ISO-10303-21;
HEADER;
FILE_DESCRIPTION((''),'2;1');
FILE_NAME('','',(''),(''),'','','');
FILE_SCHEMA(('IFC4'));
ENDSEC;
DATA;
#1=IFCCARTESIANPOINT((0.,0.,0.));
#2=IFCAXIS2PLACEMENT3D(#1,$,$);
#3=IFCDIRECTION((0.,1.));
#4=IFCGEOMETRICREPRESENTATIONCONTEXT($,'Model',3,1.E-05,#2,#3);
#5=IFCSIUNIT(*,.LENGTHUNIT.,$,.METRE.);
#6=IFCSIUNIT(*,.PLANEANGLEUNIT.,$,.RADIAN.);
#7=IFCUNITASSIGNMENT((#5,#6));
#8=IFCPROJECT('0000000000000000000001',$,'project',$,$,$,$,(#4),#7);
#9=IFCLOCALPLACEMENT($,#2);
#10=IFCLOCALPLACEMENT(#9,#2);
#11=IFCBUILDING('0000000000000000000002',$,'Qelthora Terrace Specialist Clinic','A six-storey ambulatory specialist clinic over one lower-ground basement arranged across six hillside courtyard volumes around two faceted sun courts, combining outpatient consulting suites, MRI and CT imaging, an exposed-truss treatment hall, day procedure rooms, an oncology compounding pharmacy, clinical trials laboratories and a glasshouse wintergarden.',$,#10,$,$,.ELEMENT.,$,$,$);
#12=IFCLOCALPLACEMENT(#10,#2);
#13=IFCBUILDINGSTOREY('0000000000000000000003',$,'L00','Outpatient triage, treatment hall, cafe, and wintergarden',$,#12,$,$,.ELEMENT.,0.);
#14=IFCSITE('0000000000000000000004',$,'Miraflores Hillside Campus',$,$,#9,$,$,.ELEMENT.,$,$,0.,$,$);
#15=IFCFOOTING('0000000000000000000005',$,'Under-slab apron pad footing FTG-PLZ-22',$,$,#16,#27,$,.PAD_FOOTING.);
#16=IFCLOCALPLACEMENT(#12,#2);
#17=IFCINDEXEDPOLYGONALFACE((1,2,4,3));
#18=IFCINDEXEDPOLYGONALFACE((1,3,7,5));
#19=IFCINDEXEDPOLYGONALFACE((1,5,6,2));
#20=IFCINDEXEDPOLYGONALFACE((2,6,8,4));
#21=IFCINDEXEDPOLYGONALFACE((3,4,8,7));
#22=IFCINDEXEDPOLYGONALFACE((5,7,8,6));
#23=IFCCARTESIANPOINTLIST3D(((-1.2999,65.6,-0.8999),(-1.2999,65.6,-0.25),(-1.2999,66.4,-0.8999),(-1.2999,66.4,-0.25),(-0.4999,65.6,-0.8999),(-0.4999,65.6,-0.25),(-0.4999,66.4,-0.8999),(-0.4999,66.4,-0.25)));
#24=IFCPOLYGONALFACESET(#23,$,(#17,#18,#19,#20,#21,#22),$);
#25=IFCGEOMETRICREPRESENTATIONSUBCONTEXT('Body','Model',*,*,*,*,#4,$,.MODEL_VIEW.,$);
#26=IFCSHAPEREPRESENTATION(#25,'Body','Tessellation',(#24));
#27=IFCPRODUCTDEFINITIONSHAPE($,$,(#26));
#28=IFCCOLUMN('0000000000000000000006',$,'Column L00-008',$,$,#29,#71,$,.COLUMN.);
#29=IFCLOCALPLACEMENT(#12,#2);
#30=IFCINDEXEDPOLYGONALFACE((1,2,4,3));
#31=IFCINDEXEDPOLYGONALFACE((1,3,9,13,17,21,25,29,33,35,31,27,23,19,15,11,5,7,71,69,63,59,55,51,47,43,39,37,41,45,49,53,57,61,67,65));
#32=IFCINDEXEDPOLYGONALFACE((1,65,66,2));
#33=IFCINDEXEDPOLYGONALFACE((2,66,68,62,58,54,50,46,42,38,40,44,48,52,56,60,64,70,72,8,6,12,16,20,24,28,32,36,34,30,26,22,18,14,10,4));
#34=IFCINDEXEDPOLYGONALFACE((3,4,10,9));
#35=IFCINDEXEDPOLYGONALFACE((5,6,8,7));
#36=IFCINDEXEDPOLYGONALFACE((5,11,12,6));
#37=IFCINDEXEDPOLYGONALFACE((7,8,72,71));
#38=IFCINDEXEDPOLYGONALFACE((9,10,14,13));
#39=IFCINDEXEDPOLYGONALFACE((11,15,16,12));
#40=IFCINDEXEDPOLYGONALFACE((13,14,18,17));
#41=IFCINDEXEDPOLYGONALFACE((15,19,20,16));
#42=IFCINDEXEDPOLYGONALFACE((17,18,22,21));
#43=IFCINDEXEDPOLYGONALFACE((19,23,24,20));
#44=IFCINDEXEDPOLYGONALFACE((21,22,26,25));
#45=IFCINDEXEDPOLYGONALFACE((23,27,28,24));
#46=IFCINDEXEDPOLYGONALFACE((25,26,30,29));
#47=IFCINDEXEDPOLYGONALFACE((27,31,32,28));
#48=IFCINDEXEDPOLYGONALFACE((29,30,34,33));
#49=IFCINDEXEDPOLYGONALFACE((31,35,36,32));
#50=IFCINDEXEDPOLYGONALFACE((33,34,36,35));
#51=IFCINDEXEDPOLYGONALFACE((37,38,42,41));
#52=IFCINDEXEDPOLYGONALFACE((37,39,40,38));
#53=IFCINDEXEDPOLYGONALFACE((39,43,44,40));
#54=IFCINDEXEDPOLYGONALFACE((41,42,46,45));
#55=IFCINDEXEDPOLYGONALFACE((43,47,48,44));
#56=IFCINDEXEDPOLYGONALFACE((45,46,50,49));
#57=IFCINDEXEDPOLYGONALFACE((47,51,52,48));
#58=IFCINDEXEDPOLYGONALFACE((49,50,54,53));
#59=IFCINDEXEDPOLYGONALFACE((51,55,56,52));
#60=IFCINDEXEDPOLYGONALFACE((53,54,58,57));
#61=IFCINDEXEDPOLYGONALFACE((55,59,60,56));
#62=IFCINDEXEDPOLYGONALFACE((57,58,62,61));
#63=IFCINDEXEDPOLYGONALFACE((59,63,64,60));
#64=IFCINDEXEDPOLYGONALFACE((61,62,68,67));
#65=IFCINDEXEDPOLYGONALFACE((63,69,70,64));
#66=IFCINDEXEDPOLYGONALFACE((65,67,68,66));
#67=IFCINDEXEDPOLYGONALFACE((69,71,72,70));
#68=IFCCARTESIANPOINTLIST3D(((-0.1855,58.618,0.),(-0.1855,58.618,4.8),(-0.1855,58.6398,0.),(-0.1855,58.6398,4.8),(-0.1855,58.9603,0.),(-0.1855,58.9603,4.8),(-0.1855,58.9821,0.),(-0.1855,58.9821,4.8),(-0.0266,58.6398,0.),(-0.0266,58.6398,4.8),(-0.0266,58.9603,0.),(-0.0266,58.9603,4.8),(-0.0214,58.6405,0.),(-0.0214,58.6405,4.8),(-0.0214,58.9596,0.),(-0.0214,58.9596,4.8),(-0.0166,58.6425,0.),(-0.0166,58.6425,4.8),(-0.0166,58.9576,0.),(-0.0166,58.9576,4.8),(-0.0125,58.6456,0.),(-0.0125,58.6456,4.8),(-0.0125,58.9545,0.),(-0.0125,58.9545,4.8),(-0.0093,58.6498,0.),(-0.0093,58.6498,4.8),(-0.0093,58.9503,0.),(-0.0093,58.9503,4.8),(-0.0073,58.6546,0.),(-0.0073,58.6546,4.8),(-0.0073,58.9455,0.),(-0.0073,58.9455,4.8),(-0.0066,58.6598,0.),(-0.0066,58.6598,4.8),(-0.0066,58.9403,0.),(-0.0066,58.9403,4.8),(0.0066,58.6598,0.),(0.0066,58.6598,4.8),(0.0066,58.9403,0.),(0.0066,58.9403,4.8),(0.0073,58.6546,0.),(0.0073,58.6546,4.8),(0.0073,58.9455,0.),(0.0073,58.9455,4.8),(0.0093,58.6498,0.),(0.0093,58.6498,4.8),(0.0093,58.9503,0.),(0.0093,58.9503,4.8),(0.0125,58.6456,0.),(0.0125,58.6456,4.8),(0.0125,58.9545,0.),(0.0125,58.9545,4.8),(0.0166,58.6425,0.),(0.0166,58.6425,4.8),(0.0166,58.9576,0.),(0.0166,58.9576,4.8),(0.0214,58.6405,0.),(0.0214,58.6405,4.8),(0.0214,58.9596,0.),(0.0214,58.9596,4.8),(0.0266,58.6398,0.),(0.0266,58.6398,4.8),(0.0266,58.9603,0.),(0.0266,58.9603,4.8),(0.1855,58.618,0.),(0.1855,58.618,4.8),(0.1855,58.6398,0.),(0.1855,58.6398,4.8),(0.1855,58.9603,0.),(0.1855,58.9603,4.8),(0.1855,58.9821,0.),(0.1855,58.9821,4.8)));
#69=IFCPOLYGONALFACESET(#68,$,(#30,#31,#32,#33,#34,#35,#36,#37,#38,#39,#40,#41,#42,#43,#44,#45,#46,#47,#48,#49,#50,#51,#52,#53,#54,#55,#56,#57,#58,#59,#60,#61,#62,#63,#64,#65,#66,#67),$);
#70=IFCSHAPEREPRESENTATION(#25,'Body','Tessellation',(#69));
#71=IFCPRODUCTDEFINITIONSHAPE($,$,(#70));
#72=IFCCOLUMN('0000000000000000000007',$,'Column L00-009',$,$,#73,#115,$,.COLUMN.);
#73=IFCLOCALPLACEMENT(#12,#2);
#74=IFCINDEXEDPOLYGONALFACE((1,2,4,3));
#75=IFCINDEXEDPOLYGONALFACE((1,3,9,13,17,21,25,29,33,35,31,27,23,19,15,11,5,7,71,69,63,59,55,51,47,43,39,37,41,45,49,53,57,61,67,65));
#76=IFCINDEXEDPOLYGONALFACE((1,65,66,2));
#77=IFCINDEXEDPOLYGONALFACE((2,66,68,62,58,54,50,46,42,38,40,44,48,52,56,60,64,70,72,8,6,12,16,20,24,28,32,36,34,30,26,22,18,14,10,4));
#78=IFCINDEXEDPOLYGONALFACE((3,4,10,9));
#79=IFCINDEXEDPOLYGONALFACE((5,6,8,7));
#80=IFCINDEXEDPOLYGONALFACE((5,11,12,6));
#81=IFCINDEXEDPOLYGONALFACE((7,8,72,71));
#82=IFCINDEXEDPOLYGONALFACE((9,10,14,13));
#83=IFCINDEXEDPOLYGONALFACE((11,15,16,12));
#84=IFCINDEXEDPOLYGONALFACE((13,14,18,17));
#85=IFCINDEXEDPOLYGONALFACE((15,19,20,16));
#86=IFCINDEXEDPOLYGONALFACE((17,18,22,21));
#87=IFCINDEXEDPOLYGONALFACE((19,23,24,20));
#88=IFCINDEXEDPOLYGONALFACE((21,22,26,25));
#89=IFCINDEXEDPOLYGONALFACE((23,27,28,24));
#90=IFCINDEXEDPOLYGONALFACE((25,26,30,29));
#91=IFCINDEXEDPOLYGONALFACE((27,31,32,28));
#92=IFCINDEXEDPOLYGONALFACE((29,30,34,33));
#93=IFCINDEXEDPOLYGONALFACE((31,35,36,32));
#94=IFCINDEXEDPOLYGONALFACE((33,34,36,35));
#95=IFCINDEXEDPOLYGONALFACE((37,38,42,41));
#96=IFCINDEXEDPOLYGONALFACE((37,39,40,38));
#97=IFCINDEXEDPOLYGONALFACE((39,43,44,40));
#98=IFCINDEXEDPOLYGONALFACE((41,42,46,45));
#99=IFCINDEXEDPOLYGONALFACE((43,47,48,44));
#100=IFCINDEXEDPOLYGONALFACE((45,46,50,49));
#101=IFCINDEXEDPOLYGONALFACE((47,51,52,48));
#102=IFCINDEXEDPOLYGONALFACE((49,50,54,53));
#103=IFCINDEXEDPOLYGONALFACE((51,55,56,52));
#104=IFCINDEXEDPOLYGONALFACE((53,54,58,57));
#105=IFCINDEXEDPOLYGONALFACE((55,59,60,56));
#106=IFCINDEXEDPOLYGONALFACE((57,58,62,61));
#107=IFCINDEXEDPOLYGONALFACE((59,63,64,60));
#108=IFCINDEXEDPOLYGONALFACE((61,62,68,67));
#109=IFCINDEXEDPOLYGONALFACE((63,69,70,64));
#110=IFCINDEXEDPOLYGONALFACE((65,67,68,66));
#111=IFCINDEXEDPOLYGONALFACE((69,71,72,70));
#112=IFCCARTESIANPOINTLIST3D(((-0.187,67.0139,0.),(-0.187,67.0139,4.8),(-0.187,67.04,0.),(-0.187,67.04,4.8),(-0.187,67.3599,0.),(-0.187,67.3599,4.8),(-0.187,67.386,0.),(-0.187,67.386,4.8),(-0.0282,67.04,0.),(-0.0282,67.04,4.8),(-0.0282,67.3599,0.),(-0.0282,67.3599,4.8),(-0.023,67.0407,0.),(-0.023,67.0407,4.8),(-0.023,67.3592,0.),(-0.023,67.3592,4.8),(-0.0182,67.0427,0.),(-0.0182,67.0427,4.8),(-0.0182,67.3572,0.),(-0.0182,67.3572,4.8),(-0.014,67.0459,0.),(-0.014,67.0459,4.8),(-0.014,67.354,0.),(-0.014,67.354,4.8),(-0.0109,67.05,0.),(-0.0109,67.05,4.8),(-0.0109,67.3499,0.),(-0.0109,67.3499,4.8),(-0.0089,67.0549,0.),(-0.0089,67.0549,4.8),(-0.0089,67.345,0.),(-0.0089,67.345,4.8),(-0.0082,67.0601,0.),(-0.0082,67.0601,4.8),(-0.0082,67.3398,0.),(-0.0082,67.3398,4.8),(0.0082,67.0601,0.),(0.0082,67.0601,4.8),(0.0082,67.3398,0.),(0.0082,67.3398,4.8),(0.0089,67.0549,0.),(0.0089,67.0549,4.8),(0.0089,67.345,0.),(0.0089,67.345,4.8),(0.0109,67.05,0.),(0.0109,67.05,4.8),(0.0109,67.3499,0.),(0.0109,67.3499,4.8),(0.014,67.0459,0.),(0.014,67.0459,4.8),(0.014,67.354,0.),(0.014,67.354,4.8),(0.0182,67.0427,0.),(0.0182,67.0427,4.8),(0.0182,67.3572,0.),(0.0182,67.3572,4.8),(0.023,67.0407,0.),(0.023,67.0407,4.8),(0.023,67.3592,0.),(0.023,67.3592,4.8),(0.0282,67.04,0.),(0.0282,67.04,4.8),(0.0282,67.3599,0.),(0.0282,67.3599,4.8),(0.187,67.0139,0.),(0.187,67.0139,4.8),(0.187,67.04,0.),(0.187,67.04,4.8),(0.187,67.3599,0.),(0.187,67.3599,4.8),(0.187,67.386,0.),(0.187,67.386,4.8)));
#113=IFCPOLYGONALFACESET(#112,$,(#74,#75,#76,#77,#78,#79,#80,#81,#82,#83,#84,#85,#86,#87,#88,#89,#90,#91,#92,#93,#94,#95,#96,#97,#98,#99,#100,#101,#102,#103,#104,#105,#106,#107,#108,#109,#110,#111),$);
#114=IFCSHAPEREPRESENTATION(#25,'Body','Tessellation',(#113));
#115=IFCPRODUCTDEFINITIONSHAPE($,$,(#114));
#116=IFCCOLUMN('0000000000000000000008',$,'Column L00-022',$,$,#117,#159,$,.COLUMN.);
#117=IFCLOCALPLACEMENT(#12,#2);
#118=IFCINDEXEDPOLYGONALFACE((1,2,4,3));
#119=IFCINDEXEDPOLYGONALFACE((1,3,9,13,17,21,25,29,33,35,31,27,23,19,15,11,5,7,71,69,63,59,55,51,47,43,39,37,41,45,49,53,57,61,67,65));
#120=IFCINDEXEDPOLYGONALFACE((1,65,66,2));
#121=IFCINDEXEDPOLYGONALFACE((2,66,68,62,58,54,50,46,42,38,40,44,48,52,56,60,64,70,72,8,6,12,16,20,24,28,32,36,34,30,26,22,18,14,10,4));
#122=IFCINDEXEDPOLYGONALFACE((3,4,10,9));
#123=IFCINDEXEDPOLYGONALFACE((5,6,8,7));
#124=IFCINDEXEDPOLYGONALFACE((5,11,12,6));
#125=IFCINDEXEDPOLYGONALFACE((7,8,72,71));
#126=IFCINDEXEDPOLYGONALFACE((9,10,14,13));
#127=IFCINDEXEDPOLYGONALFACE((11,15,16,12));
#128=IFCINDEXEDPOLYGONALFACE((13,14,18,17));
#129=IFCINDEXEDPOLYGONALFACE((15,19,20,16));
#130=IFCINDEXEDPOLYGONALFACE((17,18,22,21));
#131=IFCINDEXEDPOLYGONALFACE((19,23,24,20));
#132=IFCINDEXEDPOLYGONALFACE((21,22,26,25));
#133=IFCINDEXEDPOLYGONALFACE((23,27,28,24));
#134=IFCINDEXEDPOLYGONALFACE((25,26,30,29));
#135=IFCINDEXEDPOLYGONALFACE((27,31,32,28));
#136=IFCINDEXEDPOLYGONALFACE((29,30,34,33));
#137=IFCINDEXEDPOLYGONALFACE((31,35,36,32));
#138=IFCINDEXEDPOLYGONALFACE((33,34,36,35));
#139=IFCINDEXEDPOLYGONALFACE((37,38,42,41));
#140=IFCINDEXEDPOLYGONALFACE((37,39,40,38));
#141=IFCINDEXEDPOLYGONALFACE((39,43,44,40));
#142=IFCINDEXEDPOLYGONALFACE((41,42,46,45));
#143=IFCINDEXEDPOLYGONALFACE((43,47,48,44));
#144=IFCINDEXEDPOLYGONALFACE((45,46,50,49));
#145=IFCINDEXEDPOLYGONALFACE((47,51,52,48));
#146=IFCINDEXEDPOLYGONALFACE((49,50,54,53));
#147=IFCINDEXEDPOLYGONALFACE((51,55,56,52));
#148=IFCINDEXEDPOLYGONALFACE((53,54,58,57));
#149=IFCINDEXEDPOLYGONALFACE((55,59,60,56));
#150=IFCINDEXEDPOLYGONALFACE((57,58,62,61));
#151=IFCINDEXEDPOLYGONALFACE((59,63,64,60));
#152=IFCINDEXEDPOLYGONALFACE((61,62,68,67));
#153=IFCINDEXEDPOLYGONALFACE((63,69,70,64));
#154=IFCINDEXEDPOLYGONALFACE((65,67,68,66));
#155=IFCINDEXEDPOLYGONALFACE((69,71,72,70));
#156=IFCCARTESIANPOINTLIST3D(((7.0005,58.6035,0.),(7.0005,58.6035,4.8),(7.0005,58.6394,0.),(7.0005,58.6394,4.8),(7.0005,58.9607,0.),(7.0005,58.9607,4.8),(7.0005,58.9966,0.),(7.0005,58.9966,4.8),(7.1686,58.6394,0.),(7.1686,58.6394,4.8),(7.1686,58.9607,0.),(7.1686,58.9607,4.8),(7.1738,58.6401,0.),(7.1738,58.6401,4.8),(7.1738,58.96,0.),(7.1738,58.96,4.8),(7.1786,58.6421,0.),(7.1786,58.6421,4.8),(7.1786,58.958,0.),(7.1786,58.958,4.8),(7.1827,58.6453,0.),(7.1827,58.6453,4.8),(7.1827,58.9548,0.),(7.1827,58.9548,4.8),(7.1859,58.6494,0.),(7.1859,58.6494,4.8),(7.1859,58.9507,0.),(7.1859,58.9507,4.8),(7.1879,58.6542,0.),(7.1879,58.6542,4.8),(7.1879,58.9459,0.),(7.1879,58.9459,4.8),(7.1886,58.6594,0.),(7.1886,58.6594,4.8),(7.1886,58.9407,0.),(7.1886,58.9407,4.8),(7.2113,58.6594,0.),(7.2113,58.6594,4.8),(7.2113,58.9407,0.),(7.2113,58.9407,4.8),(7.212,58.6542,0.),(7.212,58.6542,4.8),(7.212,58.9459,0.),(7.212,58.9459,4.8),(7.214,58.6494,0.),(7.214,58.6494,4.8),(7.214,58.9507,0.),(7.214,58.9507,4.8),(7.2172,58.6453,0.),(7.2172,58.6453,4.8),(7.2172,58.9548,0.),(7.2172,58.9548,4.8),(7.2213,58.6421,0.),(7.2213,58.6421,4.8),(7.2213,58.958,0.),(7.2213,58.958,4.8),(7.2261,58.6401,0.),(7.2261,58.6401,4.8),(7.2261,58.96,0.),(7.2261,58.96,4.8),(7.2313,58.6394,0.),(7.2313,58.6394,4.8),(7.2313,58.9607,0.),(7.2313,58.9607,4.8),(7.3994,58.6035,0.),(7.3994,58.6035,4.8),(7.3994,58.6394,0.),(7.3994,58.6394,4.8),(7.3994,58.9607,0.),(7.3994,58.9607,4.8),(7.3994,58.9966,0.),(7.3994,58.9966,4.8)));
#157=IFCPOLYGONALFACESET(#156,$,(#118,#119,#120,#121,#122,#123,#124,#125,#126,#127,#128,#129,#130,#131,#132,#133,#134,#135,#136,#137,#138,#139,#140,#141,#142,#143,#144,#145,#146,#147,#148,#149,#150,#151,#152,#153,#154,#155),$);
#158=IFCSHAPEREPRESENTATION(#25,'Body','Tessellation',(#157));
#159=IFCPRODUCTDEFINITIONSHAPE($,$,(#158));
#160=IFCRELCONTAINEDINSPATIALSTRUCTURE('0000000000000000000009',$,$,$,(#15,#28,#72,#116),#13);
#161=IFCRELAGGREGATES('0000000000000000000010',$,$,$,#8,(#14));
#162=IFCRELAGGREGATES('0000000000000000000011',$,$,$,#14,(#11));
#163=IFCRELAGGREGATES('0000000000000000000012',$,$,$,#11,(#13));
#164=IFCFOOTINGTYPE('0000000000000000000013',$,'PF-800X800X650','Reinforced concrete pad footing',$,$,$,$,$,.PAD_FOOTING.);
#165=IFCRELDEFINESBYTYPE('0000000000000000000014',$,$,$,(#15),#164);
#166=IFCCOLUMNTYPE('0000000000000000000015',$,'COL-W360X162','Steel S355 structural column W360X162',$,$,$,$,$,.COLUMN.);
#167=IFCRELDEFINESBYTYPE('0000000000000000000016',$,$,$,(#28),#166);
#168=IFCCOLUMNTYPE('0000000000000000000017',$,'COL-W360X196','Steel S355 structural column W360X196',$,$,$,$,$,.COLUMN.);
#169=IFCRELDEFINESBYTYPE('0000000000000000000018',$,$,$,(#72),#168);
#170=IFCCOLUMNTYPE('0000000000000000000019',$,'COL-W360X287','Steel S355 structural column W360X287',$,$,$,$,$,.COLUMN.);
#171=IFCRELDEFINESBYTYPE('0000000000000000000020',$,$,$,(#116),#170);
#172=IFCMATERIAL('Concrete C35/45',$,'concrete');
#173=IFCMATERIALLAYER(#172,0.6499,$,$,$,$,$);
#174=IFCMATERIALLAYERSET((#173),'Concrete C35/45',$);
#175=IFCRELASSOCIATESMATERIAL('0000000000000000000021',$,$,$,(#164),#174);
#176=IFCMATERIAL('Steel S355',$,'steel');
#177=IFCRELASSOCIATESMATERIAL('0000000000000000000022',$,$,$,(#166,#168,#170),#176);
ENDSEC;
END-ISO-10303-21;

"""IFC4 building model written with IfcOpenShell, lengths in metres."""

from ifc_helpers import new_model, si_unit, direction, frame, origin, origin_2d, place, context, subcontext, project, spatial, rectangle, i_section, extrude, material, layer, layer_set, material_profile, profile_set, type_object, element, save


model = new_model("IFC4")

# Units and contexts
model_context = context("Model", 3, precision=1e-05, world=origin(), true_north=direction((0.0, 1.0)))
body_context = subcontext(model_context, "Body", "Model", "MODEL_VIEW")
ifc_project = project(units=[si_unit("LENGTHUNIT", "METRE"), si_unit("PLANEANGLEUNIT", "RADIAN")], contexts=[model_context])

# Site, building, storey
site_placement = place(None, origin())
site = spatial("IfcSite", under=ifc_project, at=site_placement, Name="Miraflores Hillside Campus", CompositionType="ELEMENT", RefElevation=0.0)
building_placement = place(site_placement, origin())
building = spatial("IfcBuilding", under=site, at=building_placement, Name="Qelthora Terrace Specialist Clinic", Description="A six-storey ambulatory specialist clinic over one lower-ground basement arranged across six hillside courtyard volumes around two faceted sun courts, combining outpatient consulting suites, MRI and CT imaging, an exposed-truss treatment hall, day procedure rooms, an oncology compounding pharmacy, clinical trials laboratories and a glasshouse wintergarden.", CompositionType="ELEMENT")
storey_placement = place(building_placement, origin())
storey = spatial("IfcBuildingStorey", under=building, at=storey_placement, Name="L00", Description="Outpatient triage, treatment hall, cafe, and wintergarden", CompositionType="ELEMENT", Elevation=0.0)

# Footing
ifc_material_1 = material(Name="Concrete C35/45", Category="concrete")
ifc_layer_1 = layer(ifc_material_1, 0.6499)
ifc_layer_set_1 = layer_set([ifc_layer_1], Name="Concrete C35/45")
footing_type = type_object("IfcFootingType", Name="PF-800X800X650", Description="Reinforced concrete pad footing", PredefinedType="PAD_FOOTING", material=ifc_layer_set_1)
footing_placement = place(storey_placement, frame((-0.8999, 66.0, -0.8999), z_axis=(0.0, 0.0, 1.0), x_axis=(1.0, 0.0, 0.0)))
element("IfcFooting", 1, at=footing_placement, inside=storey, type_object=footing_type, Name="Under-slab apron pad footing FTG-PLZ-22", PredefinedType="PAD_FOOTING", context=body_context, shape_type="SweptSolid", body=[
    extrude(rectangle(XDim=0.8, YDim=0.8, at=origin_2d()), origin(), (0.0, 0.0, 1.0), 0.6499),
])

# Columns
ifc_material_2 = material(Name="Steel S355", Category="steel")
ifc_material_profile_1 = material_profile(ifc_material_2, i_section(OverallWidth=0.3711, OverallDepth=0.364, WebThickness=0.0132, FlangeThickness=0.0217, FilletRadius=0.02, at=origin_2d()), Name="W360X162")
ifc_profile_set_1 = profile_set([ifc_material_profile_1], Name="Steel S355")
column_type_1 = type_object("IfcColumnType", Name="COL-W360X162", Description="Steel S355 structural column W360X162", PredefinedType="COLUMN", material=ifc_profile_set_1)
column_1_placement = place(storey_placement, frame((0.0, 58.8, 0.0), z_axis=(0.0, 0.0, 1.0), x_axis=(1.0, 0.0, 0.0)))
element("IfcColumn", 2, at=column_1_placement, inside=storey, type_object=column_type_1, Name="Column L00-008", PredefinedType="COLUMN", context=body_context, shape_type="SweptSolid", body=[
    extrude(i_section(OverallWidth=0.3711, OverallDepth=0.364, WebThickness=0.0132, FlangeThickness=0.0217, FilletRadius=0.02, at=origin_2d()), origin(), (0.0, 0.0, 1.0), 4.8),
])
ifc_material_profile_2 = material_profile(ifc_material_2, i_section(OverallWidth=0.374, OverallDepth=0.3721, WebThickness=0.0164, FlangeThickness=0.0261, FilletRadius=0.02, at=origin_2d()), Name="W360X196")
ifc_profile_set_2 = profile_set([ifc_material_profile_2], Name="Steel S355")
column_type_2 = type_object("IfcColumnType", Name="COL-W360X196", Description="Steel S355 structural column W360X196", PredefinedType="COLUMN", material=ifc_profile_set_2)
column_2_placement = place(storey_placement, frame((0.0, 67.2, 0.0), z_axis=(0.0, 0.0, 1.0), x_axis=(1.0, 0.0, 0.0)))
element("IfcColumn", 3, at=column_2_placement, inside=storey, type_object=column_type_2, Name="Column L00-009", PredefinedType="COLUMN", context=body_context, shape_type="SweptSolid", body=[
    extrude(i_section(OverallWidth=0.374, OverallDepth=0.3721, WebThickness=0.0164, FlangeThickness=0.0261, FilletRadius=0.02, at=origin_2d()), origin(), (0.0, 0.0, 1.0), 4.8),
])
ifc_material_profile_3 = material_profile(ifc_material_2, i_section(OverallWidth=0.3989, OverallDepth=0.3931, WebThickness=0.0227, FlangeThickness=0.0359, FilletRadius=0.02, at=origin_2d()), Name="W360X287")
ifc_profile_set_3 = profile_set([ifc_material_profile_3], Name="Steel S355")
column_type_3 = type_object("IfcColumnType", Name="COL-W360X287", Description="Steel S355 structural column W360X287", PredefinedType="COLUMN", material=ifc_profile_set_3)
column_3_placement = place(storey_placement, frame((7.2, 58.8, 0.0), z_axis=(0.0, 0.0, 1.0), x_axis=(1.0, 0.0, 0.0)))
element("IfcColumn", 4, at=column_3_placement, inside=storey, type_object=column_type_3, Name="Column L00-022", PredefinedType="COLUMN", context=body_context, shape_type="SweptSolid", body=[
    extrude(i_section(OverallWidth=0.3989, OverallDepth=0.3931, WebThickness=0.0227, FlangeThickness=0.0359, FilletRadius=0.02, at=origin_2d()), origin(), (0.0, 0.0, 1.0), 4.8),
])

save(model, "model.ifc")
